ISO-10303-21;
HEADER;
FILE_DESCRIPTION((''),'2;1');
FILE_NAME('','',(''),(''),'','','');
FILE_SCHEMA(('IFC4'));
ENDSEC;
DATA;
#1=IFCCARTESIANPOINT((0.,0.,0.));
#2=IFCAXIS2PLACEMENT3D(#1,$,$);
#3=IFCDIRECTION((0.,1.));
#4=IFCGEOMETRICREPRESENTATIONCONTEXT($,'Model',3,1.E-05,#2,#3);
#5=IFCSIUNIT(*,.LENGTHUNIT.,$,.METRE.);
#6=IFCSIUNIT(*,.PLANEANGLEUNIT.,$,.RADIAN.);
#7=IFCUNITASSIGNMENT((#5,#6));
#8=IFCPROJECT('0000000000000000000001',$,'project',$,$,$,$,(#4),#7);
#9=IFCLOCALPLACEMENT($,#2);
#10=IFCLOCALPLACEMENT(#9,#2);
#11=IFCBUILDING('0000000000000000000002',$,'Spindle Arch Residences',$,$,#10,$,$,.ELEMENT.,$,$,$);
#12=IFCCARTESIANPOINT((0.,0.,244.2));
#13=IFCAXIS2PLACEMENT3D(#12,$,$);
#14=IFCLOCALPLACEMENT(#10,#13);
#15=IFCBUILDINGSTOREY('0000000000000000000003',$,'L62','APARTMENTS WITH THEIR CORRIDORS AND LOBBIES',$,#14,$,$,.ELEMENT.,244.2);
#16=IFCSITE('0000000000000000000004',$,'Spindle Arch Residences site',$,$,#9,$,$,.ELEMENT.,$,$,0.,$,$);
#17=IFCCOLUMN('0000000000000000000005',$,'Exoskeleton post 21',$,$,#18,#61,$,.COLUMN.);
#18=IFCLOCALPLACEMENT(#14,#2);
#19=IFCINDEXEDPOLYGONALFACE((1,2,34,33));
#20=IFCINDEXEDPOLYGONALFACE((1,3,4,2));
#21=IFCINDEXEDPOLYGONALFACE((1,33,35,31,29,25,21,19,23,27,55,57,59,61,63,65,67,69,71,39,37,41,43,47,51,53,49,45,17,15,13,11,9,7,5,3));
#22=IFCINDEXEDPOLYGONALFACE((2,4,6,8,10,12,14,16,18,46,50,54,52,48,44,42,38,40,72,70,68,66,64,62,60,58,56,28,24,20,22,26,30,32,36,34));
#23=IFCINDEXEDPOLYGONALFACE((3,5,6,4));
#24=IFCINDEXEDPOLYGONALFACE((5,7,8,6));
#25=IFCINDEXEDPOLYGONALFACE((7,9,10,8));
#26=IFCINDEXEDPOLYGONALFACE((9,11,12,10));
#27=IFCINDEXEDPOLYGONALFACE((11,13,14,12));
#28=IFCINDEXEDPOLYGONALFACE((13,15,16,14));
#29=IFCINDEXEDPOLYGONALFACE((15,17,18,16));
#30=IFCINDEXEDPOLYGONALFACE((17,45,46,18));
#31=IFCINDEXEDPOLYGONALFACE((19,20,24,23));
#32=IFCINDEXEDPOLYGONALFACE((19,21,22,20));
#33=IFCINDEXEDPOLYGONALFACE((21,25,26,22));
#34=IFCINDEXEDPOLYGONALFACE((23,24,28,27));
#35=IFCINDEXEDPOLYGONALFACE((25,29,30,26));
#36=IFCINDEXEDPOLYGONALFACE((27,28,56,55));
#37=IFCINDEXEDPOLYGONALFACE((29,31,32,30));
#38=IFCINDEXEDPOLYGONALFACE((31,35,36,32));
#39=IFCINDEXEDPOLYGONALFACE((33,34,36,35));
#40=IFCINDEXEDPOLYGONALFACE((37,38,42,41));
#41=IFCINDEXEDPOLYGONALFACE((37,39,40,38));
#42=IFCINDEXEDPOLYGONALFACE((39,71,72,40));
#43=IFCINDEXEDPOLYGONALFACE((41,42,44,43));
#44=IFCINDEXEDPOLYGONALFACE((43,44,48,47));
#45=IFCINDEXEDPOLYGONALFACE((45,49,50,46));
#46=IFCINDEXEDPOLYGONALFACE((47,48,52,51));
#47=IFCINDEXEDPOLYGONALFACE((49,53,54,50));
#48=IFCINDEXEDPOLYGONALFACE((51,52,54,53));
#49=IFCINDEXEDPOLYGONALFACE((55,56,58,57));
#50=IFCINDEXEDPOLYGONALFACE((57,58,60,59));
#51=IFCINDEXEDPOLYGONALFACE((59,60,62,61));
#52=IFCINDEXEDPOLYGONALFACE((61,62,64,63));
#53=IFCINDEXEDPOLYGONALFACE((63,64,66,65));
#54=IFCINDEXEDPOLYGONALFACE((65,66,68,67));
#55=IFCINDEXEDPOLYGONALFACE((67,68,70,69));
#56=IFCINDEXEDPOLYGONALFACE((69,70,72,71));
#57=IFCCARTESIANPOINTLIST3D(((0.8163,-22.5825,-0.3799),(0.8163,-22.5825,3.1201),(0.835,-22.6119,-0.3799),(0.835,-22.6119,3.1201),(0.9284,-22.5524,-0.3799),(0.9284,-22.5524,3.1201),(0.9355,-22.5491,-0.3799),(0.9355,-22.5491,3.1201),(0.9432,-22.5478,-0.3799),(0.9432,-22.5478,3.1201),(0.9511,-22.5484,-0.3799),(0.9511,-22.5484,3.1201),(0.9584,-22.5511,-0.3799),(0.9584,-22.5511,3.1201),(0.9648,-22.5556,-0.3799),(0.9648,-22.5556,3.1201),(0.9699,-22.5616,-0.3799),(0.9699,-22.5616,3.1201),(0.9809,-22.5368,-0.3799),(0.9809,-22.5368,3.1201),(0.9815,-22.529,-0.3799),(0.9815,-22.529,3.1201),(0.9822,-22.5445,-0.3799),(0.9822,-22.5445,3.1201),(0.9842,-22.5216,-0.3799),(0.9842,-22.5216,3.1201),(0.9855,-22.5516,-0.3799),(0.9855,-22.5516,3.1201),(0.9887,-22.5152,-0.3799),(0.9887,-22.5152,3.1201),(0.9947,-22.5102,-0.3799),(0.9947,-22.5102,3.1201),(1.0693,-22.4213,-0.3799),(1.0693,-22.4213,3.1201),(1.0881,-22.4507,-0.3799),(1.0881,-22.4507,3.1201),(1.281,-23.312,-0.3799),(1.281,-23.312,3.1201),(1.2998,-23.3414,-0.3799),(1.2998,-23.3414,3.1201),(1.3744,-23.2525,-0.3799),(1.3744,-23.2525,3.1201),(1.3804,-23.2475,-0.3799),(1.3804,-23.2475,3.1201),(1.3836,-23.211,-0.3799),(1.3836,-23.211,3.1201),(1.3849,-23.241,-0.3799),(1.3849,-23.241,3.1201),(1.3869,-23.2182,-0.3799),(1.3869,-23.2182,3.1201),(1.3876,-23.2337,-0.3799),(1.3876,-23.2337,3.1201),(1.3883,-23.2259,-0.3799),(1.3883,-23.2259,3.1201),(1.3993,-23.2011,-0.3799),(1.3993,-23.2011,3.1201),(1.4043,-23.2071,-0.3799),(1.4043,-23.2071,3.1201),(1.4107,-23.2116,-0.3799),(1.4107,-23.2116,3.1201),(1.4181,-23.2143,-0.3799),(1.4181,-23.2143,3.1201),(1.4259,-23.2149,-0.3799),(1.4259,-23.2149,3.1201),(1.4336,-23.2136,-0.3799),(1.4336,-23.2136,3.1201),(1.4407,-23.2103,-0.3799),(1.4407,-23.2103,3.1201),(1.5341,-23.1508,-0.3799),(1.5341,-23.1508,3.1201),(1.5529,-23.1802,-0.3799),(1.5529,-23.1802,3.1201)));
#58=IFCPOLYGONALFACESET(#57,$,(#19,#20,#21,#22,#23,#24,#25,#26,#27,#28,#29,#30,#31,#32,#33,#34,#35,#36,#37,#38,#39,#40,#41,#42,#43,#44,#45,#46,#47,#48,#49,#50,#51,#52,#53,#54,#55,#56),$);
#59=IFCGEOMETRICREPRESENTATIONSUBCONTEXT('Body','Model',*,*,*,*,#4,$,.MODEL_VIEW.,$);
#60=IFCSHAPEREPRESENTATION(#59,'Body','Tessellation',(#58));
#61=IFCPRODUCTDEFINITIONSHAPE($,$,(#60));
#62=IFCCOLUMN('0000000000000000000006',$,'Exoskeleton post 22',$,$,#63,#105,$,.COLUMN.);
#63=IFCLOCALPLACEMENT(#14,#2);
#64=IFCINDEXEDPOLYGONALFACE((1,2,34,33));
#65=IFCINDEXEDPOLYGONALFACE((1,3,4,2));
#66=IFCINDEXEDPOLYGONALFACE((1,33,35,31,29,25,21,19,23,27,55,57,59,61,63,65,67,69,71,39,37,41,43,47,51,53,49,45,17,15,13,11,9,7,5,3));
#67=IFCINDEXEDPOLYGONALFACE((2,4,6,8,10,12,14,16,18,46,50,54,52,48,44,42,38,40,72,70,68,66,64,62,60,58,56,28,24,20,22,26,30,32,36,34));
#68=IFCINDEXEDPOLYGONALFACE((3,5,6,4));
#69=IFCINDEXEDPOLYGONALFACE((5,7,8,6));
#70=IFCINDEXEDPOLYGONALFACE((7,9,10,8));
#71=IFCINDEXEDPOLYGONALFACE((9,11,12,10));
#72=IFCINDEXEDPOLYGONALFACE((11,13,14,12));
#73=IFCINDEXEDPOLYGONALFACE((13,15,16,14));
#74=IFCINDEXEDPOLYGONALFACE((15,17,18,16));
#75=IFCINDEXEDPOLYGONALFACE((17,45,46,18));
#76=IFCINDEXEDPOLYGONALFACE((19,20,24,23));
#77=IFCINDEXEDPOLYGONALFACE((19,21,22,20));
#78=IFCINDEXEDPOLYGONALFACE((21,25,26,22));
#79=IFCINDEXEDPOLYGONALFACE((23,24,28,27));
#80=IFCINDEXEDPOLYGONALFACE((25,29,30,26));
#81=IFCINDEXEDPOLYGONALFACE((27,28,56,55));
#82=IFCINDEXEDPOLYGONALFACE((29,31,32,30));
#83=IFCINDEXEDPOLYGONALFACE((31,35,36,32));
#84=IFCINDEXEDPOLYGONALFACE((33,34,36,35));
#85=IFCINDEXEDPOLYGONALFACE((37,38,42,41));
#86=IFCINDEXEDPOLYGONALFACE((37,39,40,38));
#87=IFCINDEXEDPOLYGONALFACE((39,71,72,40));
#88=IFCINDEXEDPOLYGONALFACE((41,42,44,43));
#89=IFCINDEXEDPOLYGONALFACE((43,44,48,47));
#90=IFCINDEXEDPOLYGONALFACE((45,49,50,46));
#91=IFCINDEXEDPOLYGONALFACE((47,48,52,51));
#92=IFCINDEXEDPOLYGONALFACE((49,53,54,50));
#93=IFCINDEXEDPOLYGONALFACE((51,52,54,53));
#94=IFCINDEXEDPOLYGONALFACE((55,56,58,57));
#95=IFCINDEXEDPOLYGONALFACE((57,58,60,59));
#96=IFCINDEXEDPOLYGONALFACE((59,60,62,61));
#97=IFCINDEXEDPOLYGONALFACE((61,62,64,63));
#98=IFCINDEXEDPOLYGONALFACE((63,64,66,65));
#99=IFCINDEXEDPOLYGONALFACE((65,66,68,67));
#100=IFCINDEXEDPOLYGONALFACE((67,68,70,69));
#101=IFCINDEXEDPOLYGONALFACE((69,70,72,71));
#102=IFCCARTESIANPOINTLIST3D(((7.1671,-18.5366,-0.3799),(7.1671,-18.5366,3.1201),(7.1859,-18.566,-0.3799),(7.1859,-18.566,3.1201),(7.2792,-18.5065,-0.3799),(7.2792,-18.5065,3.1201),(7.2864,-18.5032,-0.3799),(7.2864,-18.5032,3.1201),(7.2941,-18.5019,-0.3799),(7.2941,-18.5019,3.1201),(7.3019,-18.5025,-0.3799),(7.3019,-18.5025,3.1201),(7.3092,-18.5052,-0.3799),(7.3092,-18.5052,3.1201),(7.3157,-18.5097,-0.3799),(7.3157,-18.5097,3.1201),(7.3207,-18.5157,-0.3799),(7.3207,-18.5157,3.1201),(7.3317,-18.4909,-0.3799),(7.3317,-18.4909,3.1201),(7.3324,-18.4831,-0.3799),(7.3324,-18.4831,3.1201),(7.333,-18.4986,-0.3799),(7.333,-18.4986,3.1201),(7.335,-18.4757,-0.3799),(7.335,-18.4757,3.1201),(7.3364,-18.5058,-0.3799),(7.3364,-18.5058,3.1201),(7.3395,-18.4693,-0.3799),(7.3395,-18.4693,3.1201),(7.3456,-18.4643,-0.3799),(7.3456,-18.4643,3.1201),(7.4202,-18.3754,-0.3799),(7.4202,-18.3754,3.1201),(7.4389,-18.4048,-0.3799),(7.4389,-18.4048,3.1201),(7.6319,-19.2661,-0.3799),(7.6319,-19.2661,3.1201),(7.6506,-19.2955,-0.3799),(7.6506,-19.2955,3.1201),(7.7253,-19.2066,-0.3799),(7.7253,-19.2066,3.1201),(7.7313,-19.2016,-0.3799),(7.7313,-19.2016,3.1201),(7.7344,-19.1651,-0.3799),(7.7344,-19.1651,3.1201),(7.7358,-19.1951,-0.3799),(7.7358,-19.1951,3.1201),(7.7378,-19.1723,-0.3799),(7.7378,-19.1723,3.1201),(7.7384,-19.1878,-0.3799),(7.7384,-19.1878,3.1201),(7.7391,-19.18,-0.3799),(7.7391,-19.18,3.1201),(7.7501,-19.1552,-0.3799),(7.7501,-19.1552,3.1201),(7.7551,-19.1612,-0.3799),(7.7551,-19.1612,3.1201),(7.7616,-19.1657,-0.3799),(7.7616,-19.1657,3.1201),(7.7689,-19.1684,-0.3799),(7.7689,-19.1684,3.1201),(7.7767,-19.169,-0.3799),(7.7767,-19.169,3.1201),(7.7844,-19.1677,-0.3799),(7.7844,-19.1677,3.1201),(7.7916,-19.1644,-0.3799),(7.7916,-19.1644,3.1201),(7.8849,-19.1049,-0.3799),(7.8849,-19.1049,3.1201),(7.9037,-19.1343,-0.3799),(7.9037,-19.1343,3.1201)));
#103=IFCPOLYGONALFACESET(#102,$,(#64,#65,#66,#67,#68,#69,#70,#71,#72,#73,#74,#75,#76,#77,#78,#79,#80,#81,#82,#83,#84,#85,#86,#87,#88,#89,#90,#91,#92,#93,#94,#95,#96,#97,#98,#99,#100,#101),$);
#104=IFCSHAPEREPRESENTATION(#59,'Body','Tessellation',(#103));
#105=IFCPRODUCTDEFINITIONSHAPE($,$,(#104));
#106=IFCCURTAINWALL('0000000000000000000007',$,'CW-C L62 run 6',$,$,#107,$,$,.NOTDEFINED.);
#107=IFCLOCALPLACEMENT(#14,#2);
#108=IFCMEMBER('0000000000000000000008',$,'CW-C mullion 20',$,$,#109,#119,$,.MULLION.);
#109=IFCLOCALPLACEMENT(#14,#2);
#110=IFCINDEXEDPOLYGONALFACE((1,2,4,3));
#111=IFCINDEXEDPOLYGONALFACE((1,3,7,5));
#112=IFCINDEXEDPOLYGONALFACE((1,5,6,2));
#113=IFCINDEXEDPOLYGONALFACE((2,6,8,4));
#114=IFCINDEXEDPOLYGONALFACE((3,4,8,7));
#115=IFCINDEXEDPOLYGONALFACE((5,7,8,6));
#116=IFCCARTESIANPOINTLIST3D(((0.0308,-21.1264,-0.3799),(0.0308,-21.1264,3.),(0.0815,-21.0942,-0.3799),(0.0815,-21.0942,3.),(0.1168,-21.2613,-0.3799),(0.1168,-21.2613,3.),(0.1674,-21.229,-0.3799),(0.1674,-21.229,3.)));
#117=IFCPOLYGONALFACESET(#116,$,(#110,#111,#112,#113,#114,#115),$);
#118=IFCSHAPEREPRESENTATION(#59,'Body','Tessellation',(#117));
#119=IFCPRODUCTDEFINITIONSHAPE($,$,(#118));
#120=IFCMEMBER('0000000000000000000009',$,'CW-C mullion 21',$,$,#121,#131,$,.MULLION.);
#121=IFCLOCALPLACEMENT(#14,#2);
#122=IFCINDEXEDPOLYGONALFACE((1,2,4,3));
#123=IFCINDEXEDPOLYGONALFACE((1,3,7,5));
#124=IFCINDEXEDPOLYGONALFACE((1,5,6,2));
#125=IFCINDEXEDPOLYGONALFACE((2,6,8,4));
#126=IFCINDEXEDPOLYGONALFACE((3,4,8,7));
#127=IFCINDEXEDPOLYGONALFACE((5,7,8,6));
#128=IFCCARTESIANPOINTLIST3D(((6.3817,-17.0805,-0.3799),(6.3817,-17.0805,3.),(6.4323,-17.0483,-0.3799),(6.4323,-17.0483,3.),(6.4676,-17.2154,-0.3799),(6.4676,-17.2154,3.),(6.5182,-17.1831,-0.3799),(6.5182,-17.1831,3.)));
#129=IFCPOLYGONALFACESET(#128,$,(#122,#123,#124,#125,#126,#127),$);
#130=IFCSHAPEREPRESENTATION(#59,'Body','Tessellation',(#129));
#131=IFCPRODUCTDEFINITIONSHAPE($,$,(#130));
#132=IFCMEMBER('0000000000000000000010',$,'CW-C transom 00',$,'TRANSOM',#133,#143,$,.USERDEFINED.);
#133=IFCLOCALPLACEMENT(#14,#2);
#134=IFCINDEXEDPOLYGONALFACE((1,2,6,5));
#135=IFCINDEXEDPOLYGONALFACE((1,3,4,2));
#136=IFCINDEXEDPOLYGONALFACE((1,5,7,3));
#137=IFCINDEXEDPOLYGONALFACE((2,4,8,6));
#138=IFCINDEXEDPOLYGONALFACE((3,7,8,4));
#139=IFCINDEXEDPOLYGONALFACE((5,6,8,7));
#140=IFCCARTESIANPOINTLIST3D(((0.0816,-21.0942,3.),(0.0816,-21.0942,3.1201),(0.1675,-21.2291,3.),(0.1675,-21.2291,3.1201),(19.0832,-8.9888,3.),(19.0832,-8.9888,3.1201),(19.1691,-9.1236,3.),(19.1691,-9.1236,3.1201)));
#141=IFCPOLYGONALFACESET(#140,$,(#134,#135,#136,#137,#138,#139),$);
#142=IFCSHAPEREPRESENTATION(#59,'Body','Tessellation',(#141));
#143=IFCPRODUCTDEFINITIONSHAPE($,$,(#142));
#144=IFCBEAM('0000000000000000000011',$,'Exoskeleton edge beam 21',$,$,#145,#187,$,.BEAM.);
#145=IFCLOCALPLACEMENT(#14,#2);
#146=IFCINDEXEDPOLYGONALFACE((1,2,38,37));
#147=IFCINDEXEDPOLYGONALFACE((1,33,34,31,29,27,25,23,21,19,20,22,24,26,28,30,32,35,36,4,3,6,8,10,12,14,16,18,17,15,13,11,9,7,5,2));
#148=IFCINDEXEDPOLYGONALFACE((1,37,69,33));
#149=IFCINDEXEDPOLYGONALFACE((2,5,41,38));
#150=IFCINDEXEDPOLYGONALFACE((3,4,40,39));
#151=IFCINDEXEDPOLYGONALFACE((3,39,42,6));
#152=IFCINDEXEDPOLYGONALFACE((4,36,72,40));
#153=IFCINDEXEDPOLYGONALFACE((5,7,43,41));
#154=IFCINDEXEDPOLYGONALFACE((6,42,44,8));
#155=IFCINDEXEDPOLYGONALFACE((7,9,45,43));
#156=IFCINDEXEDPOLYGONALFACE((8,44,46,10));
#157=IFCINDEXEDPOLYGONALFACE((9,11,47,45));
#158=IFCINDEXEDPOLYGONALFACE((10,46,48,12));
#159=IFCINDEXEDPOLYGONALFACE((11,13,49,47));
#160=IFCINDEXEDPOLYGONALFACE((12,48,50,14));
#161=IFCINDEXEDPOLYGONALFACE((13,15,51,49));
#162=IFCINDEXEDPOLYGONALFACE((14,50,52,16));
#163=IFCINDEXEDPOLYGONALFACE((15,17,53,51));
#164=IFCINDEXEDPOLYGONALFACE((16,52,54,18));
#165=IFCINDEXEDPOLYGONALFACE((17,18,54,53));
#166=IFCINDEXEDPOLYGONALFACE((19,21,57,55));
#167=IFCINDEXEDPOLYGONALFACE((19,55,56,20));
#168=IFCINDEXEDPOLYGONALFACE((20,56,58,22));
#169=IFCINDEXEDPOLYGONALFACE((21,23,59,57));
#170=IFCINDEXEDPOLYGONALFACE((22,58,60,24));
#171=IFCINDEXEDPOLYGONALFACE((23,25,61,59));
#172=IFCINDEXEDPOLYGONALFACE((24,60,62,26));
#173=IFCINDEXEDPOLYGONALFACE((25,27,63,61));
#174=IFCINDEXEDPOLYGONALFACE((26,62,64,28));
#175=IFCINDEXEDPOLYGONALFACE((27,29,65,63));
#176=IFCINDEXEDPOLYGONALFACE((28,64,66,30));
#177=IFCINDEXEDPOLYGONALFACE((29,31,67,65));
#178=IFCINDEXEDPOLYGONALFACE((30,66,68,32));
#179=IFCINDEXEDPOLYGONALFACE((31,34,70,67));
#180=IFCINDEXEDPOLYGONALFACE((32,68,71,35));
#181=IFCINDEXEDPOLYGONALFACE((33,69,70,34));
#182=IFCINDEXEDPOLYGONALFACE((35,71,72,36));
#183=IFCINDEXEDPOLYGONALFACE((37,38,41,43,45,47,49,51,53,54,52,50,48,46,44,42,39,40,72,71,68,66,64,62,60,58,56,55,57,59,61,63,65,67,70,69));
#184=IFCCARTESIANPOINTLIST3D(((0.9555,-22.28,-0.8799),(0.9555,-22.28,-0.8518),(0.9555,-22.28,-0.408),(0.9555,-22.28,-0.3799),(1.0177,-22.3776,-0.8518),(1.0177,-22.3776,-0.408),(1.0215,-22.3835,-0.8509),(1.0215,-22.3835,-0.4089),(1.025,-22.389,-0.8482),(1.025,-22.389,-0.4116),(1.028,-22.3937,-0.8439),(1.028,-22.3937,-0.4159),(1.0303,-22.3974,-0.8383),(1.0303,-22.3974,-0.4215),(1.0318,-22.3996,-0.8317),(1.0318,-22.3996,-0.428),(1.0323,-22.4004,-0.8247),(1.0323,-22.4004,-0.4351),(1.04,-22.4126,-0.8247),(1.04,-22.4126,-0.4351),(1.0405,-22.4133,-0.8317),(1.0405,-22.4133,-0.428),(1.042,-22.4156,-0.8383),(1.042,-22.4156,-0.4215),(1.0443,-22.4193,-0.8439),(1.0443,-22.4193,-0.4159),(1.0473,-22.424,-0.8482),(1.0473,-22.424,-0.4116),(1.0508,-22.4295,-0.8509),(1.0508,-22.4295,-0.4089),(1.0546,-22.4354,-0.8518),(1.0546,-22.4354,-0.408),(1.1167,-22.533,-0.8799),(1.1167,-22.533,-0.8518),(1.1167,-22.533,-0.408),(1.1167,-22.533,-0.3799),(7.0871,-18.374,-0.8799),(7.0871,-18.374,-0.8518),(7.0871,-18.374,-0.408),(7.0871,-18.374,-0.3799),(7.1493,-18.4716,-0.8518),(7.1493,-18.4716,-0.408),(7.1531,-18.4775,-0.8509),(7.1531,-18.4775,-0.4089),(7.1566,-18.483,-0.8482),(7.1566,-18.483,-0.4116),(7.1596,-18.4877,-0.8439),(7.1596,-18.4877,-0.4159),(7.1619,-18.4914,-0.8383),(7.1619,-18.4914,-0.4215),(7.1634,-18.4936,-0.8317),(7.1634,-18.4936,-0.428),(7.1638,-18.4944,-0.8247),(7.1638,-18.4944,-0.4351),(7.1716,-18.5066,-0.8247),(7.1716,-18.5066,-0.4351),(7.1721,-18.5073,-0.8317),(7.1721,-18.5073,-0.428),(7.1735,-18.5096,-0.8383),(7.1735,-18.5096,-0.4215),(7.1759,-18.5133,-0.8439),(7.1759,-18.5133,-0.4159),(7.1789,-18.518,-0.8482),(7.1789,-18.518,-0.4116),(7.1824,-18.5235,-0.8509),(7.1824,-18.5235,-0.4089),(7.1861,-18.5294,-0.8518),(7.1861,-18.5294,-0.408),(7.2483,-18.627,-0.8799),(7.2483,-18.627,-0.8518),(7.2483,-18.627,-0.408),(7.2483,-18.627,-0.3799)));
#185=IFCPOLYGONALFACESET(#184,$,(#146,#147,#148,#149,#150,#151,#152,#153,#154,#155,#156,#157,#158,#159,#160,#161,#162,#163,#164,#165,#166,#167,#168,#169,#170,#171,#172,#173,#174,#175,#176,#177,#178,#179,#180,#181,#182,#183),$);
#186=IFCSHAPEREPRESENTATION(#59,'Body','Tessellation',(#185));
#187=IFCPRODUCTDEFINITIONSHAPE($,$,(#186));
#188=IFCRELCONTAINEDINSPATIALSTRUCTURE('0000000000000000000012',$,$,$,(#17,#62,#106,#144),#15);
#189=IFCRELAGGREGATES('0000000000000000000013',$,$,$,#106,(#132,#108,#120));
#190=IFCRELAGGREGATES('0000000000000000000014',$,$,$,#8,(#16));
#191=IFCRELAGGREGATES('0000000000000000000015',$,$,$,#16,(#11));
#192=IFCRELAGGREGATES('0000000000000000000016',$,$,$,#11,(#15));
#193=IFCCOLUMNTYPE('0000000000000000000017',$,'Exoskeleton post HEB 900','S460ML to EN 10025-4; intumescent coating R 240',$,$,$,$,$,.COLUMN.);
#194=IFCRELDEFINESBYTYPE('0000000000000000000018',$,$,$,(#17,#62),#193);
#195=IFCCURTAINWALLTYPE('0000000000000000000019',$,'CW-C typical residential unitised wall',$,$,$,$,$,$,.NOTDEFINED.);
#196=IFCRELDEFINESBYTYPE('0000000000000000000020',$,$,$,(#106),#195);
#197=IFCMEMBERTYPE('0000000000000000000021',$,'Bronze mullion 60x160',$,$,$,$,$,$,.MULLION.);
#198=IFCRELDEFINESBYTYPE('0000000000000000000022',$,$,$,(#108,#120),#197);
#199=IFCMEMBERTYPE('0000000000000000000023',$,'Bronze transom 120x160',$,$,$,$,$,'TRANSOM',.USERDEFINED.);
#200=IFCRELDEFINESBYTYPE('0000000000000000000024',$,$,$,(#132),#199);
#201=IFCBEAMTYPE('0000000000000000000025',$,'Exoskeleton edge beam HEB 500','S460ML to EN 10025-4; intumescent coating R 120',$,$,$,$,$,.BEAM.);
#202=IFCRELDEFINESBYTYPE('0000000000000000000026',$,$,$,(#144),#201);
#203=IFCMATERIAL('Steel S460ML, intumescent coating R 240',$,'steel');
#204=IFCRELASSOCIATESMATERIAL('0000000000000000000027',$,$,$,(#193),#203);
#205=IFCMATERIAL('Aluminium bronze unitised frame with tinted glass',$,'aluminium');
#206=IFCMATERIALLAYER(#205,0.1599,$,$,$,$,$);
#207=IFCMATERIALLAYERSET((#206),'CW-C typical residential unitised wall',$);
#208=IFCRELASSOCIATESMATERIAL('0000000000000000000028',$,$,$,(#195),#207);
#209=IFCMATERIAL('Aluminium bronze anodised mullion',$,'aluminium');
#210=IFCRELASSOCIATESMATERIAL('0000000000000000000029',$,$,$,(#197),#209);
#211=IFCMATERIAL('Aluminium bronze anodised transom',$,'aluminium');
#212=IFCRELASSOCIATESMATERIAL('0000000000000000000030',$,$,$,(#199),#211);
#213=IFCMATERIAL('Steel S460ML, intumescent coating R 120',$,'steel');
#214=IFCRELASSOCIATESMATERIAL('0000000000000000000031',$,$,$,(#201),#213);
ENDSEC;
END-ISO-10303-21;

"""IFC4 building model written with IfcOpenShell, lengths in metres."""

from ifc_helpers import new_model, si_unit, direction, frame, origin, origin_2d, place, context, subcontext, project, spatial, rectangle, i_section, extrude, material, layer, layer_set, material_profile, profile_set, type_object, element, aggregate, save


model = new_model("IFC4")

# Units and contexts
model_context = context("Model", 3, precision=1e-05, world=origin(), true_north=direction((0.0, 1.0)))
body_context = subcontext(model_context, "Body", "Model", "MODEL_VIEW")
ifc_project = project(units=[si_unit("LENGTHUNIT", "METRE"), si_unit("PLANEANGLEUNIT", "RADIAN")], contexts=[model_context])

# Site, building, storey
site_placement = place(None, origin())
site = spatial("IfcSite", under=ifc_project, at=site_placement, Name="Spindle Arch Residences site", CompositionType="ELEMENT", RefElevation=0.0)
building_placement = place(site_placement, origin())
building = spatial("IfcBuilding", under=site, at=building_placement, Name="Spindle Arch Residences", CompositionType="ELEMENT")
storey_placement = place(building_placement, frame((0.0, 0.0, 244.2)))
storey = spatial("IfcBuildingStorey", under=building, at=storey_placement, Name="L62", Description="APARTMENTS WITH THEIR CORRIDORS AND LOBBIES", CompositionType="ELEMENT", Elevation=244.2)

# Columns
ifc_material_1 = material(Name="Steel S460ML, intumescent coating R 240", Category="steel")
ifc_material_profile_1 = material_profile(ifc_material_1, i_section(OverallWidth=0.3, OverallDepth=0.8999, WebThickness=0.0186, FlangeThickness=0.0349, FilletRadius=0.03, at=origin_2d()), Name="HEB 900")
ifc_profile_set_1 = profile_set([ifc_material_profile_1], Name="Steel S460ML, intumescent coating R 240")
column_type = type_object("IfcColumnType", Name="Exoskeleton post HEB 900", Description="S460ML to EN 10025-4; intumescent coating R 240", PredefinedType="COLUMN", material=ifc_profile_set_1)
for number, where, z_axis, x_axis, name in (
    (1, (1.1846, -22.8813, -0.3799), (0.0, 0.0, 1.0), (-0.843391, -0.5373, 0.0), "Exoskeleton post 21"),
    (2, (7.5354, -18.8354, -0.3799), (0.0, 0.0, 1.0), (-0.843391, -0.5373, 0.0), "Exoskeleton post 22"),
):
    element("IfcColumn", number, at=place(storey_placement, frame(where, z_axis=z_axis, x_axis=x_axis)), inside=storey, type_object=column_type, Name=name, PredefinedType="COLUMN", context=body_context, shape_type="SweptSolid", body=[
        extrude(i_section(OverallWidth=0.3, OverallDepth=0.8999, WebThickness=0.0186, FlangeThickness=0.0349, FilletRadius=0.03, at=origin_2d()), origin(), (0.0, 0.0, 1.0), 3.5),
    ])

# Curtain wall, members
ifc_material_2 = material(Name="Aluminium bronze unitised frame with tinted glass", Category="aluminium")
ifc_layer_1 = layer(ifc_material_2, 0.1599)
ifc_layer_set_1 = layer_set([ifc_layer_1], Name="CW-C typical residential unitised wall")
curtain_wall_type = type_object("IfcCurtainWallType", Name="CW-C typical residential unitised wall", PredefinedType="NOTDEFINED", material=ifc_layer_set_1)
curtain_wall_placement = place(storey_placement, origin())
curtain_wall = element("IfcCurtainWall", 3, at=curtain_wall_placement, inside=storey, type_object=curtain_wall_type, Name="CW-C L62 run 6", PredefinedType="NOTDEFINED")
ifc_material_3 = material(Name="Aluminium bronze anodised mullion", Category="aluminium")
ifc_material_profile_2 = material_profile(ifc_material_3, rectangle(XDim=0.1599, YDim=0.0601, at=origin_2d()), Name="MU 60x160")
ifc_profile_set_2 = profile_set([ifc_material_profile_2], Name="Aluminium bronze anodised mullion")
member_type_1 = type_object("IfcMemberType", Name="Bronze mullion 60x160", PredefinedType="MULLION", material=ifc_profile_set_2)
member_1_placement = place(storey_placement, frame((0.0991, -21.1777, -0.3799), z_axis=(0.0, 0.0, 1.0), x_axis=(-0.5373, 0.843391, 0.0)))
member_1 = element("IfcMember", 4, at=member_1_placement, type_object=member_type_1, Name="CW-C mullion 20", PredefinedType="MULLION", context=body_context, shape_type="SweptSolid", body=[
    extrude(rectangle(XDim=0.1599, YDim=0.0601, at=origin_2d()), origin(), (0.0, 0.0, 1.0), 3.3799),
])
member_2_placement = place(storey_placement, frame((6.45, -17.1318, -0.3799), z_axis=(0.0, 0.0, 1.0), x_axis=(-0.5373, 0.843391, 0.0)))
member_2 = element("IfcMember", 5, at=member_2_placement, type_object=member_type_1, Name="CW-C mullion 21", PredefinedType="MULLION", context=body_context, shape_type="SweptSolid", body=[
    extrude(rectangle(XDim=0.1599, YDim=0.0601, at=origin_2d()), origin(), (0.0, 0.0, 1.0), 3.3799),
])
ifc_material_4 = material(Name="Aluminium bronze anodised transom", Category="aluminium")
ifc_material_profile_3 = material_profile(ifc_material_4, rectangle(XDim=0.1599, YDim=0.1201, at=origin_2d()), Name="TR 120x160")
ifc_profile_set_3 = profile_set([ifc_material_profile_3], Name="Aluminium bronze anodised transom")
member_type_2 = type_object("IfcMemberType", Name="Bronze transom 120x160", ElementType="TRANSOM", PredefinedType="USERDEFINED", material=ifc_profile_set_3)
member_3_placement = place(storey_placement, frame((0.1245, -21.1616, 3.0601), z_axis=(0.843391, 0.537301, 0.0), x_axis=(-0.537301, 0.843391, 0.0)))
member_3 = element("IfcMember", 6, at=member_3_placement, type_object=member_type_2, Name="CW-C transom 00", ObjectType="TRANSOM", PredefinedType="USERDEFINED", context=body_context, shape_type="SweptSolid", body=[
    extrude(rectangle(XDim=0.1599, YDim=0.1201, at=origin_2d()), origin(), (0.0, 0.0, 1.0), 22.53),
])

# Beam
ifc_material_5 = material(Name="Steel S460ML, intumescent coating R 120", Category="steel")
ifc_material_profile_4 = material_profile(ifc_material_5, i_section(OverallWidth=0.3, OverallDepth=0.5, WebThickness=0.0144, FlangeThickness=0.0281, FilletRadius=0.0271, at=origin_2d()), Name="HEB 500")
ifc_profile_set_4 = profile_set([ifc_material_profile_4], Name="Steel S460ML, intumescent coating R 120")
beam_type_1 = type_object("IfcBeamType", Name="Exoskeleton edge beam HEB 500", Description="S460ML to EN 10025-4; intumescent coating R 120", PredefinedType="BEAM", material=ifc_profile_set_4)
for number, where, z_axis, x_axis, name in (
    (7, (1.0361, -22.4065, -0.6299), (0.843407, 0.537275, 0.0), (-0.537275, 0.843407, 0.0), "Exoskeleton edge beam 21"),
):
    element("IfcBeam", number, at=place(storey_placement, frame(where, z_axis=z_axis, x_axis=x_axis)), inside=storey, type_object=beam_type_1, Name=name, PredefinedType="BEAM", context=body_context, shape_type="SweptSolid", body=[
        extrude(i_section(OverallWidth=0.3, OverallDepth=0.5, WebThickness=0.0144, FlangeThickness=0.0281, FilletRadius=0.0271, at=origin_2d()), origin(), (0.0, 0.0, 1.0), 7.27),
    ])

aggregate(curtain_wall, [member_3, member_1, member_2])

save(model, "model.ifc")
